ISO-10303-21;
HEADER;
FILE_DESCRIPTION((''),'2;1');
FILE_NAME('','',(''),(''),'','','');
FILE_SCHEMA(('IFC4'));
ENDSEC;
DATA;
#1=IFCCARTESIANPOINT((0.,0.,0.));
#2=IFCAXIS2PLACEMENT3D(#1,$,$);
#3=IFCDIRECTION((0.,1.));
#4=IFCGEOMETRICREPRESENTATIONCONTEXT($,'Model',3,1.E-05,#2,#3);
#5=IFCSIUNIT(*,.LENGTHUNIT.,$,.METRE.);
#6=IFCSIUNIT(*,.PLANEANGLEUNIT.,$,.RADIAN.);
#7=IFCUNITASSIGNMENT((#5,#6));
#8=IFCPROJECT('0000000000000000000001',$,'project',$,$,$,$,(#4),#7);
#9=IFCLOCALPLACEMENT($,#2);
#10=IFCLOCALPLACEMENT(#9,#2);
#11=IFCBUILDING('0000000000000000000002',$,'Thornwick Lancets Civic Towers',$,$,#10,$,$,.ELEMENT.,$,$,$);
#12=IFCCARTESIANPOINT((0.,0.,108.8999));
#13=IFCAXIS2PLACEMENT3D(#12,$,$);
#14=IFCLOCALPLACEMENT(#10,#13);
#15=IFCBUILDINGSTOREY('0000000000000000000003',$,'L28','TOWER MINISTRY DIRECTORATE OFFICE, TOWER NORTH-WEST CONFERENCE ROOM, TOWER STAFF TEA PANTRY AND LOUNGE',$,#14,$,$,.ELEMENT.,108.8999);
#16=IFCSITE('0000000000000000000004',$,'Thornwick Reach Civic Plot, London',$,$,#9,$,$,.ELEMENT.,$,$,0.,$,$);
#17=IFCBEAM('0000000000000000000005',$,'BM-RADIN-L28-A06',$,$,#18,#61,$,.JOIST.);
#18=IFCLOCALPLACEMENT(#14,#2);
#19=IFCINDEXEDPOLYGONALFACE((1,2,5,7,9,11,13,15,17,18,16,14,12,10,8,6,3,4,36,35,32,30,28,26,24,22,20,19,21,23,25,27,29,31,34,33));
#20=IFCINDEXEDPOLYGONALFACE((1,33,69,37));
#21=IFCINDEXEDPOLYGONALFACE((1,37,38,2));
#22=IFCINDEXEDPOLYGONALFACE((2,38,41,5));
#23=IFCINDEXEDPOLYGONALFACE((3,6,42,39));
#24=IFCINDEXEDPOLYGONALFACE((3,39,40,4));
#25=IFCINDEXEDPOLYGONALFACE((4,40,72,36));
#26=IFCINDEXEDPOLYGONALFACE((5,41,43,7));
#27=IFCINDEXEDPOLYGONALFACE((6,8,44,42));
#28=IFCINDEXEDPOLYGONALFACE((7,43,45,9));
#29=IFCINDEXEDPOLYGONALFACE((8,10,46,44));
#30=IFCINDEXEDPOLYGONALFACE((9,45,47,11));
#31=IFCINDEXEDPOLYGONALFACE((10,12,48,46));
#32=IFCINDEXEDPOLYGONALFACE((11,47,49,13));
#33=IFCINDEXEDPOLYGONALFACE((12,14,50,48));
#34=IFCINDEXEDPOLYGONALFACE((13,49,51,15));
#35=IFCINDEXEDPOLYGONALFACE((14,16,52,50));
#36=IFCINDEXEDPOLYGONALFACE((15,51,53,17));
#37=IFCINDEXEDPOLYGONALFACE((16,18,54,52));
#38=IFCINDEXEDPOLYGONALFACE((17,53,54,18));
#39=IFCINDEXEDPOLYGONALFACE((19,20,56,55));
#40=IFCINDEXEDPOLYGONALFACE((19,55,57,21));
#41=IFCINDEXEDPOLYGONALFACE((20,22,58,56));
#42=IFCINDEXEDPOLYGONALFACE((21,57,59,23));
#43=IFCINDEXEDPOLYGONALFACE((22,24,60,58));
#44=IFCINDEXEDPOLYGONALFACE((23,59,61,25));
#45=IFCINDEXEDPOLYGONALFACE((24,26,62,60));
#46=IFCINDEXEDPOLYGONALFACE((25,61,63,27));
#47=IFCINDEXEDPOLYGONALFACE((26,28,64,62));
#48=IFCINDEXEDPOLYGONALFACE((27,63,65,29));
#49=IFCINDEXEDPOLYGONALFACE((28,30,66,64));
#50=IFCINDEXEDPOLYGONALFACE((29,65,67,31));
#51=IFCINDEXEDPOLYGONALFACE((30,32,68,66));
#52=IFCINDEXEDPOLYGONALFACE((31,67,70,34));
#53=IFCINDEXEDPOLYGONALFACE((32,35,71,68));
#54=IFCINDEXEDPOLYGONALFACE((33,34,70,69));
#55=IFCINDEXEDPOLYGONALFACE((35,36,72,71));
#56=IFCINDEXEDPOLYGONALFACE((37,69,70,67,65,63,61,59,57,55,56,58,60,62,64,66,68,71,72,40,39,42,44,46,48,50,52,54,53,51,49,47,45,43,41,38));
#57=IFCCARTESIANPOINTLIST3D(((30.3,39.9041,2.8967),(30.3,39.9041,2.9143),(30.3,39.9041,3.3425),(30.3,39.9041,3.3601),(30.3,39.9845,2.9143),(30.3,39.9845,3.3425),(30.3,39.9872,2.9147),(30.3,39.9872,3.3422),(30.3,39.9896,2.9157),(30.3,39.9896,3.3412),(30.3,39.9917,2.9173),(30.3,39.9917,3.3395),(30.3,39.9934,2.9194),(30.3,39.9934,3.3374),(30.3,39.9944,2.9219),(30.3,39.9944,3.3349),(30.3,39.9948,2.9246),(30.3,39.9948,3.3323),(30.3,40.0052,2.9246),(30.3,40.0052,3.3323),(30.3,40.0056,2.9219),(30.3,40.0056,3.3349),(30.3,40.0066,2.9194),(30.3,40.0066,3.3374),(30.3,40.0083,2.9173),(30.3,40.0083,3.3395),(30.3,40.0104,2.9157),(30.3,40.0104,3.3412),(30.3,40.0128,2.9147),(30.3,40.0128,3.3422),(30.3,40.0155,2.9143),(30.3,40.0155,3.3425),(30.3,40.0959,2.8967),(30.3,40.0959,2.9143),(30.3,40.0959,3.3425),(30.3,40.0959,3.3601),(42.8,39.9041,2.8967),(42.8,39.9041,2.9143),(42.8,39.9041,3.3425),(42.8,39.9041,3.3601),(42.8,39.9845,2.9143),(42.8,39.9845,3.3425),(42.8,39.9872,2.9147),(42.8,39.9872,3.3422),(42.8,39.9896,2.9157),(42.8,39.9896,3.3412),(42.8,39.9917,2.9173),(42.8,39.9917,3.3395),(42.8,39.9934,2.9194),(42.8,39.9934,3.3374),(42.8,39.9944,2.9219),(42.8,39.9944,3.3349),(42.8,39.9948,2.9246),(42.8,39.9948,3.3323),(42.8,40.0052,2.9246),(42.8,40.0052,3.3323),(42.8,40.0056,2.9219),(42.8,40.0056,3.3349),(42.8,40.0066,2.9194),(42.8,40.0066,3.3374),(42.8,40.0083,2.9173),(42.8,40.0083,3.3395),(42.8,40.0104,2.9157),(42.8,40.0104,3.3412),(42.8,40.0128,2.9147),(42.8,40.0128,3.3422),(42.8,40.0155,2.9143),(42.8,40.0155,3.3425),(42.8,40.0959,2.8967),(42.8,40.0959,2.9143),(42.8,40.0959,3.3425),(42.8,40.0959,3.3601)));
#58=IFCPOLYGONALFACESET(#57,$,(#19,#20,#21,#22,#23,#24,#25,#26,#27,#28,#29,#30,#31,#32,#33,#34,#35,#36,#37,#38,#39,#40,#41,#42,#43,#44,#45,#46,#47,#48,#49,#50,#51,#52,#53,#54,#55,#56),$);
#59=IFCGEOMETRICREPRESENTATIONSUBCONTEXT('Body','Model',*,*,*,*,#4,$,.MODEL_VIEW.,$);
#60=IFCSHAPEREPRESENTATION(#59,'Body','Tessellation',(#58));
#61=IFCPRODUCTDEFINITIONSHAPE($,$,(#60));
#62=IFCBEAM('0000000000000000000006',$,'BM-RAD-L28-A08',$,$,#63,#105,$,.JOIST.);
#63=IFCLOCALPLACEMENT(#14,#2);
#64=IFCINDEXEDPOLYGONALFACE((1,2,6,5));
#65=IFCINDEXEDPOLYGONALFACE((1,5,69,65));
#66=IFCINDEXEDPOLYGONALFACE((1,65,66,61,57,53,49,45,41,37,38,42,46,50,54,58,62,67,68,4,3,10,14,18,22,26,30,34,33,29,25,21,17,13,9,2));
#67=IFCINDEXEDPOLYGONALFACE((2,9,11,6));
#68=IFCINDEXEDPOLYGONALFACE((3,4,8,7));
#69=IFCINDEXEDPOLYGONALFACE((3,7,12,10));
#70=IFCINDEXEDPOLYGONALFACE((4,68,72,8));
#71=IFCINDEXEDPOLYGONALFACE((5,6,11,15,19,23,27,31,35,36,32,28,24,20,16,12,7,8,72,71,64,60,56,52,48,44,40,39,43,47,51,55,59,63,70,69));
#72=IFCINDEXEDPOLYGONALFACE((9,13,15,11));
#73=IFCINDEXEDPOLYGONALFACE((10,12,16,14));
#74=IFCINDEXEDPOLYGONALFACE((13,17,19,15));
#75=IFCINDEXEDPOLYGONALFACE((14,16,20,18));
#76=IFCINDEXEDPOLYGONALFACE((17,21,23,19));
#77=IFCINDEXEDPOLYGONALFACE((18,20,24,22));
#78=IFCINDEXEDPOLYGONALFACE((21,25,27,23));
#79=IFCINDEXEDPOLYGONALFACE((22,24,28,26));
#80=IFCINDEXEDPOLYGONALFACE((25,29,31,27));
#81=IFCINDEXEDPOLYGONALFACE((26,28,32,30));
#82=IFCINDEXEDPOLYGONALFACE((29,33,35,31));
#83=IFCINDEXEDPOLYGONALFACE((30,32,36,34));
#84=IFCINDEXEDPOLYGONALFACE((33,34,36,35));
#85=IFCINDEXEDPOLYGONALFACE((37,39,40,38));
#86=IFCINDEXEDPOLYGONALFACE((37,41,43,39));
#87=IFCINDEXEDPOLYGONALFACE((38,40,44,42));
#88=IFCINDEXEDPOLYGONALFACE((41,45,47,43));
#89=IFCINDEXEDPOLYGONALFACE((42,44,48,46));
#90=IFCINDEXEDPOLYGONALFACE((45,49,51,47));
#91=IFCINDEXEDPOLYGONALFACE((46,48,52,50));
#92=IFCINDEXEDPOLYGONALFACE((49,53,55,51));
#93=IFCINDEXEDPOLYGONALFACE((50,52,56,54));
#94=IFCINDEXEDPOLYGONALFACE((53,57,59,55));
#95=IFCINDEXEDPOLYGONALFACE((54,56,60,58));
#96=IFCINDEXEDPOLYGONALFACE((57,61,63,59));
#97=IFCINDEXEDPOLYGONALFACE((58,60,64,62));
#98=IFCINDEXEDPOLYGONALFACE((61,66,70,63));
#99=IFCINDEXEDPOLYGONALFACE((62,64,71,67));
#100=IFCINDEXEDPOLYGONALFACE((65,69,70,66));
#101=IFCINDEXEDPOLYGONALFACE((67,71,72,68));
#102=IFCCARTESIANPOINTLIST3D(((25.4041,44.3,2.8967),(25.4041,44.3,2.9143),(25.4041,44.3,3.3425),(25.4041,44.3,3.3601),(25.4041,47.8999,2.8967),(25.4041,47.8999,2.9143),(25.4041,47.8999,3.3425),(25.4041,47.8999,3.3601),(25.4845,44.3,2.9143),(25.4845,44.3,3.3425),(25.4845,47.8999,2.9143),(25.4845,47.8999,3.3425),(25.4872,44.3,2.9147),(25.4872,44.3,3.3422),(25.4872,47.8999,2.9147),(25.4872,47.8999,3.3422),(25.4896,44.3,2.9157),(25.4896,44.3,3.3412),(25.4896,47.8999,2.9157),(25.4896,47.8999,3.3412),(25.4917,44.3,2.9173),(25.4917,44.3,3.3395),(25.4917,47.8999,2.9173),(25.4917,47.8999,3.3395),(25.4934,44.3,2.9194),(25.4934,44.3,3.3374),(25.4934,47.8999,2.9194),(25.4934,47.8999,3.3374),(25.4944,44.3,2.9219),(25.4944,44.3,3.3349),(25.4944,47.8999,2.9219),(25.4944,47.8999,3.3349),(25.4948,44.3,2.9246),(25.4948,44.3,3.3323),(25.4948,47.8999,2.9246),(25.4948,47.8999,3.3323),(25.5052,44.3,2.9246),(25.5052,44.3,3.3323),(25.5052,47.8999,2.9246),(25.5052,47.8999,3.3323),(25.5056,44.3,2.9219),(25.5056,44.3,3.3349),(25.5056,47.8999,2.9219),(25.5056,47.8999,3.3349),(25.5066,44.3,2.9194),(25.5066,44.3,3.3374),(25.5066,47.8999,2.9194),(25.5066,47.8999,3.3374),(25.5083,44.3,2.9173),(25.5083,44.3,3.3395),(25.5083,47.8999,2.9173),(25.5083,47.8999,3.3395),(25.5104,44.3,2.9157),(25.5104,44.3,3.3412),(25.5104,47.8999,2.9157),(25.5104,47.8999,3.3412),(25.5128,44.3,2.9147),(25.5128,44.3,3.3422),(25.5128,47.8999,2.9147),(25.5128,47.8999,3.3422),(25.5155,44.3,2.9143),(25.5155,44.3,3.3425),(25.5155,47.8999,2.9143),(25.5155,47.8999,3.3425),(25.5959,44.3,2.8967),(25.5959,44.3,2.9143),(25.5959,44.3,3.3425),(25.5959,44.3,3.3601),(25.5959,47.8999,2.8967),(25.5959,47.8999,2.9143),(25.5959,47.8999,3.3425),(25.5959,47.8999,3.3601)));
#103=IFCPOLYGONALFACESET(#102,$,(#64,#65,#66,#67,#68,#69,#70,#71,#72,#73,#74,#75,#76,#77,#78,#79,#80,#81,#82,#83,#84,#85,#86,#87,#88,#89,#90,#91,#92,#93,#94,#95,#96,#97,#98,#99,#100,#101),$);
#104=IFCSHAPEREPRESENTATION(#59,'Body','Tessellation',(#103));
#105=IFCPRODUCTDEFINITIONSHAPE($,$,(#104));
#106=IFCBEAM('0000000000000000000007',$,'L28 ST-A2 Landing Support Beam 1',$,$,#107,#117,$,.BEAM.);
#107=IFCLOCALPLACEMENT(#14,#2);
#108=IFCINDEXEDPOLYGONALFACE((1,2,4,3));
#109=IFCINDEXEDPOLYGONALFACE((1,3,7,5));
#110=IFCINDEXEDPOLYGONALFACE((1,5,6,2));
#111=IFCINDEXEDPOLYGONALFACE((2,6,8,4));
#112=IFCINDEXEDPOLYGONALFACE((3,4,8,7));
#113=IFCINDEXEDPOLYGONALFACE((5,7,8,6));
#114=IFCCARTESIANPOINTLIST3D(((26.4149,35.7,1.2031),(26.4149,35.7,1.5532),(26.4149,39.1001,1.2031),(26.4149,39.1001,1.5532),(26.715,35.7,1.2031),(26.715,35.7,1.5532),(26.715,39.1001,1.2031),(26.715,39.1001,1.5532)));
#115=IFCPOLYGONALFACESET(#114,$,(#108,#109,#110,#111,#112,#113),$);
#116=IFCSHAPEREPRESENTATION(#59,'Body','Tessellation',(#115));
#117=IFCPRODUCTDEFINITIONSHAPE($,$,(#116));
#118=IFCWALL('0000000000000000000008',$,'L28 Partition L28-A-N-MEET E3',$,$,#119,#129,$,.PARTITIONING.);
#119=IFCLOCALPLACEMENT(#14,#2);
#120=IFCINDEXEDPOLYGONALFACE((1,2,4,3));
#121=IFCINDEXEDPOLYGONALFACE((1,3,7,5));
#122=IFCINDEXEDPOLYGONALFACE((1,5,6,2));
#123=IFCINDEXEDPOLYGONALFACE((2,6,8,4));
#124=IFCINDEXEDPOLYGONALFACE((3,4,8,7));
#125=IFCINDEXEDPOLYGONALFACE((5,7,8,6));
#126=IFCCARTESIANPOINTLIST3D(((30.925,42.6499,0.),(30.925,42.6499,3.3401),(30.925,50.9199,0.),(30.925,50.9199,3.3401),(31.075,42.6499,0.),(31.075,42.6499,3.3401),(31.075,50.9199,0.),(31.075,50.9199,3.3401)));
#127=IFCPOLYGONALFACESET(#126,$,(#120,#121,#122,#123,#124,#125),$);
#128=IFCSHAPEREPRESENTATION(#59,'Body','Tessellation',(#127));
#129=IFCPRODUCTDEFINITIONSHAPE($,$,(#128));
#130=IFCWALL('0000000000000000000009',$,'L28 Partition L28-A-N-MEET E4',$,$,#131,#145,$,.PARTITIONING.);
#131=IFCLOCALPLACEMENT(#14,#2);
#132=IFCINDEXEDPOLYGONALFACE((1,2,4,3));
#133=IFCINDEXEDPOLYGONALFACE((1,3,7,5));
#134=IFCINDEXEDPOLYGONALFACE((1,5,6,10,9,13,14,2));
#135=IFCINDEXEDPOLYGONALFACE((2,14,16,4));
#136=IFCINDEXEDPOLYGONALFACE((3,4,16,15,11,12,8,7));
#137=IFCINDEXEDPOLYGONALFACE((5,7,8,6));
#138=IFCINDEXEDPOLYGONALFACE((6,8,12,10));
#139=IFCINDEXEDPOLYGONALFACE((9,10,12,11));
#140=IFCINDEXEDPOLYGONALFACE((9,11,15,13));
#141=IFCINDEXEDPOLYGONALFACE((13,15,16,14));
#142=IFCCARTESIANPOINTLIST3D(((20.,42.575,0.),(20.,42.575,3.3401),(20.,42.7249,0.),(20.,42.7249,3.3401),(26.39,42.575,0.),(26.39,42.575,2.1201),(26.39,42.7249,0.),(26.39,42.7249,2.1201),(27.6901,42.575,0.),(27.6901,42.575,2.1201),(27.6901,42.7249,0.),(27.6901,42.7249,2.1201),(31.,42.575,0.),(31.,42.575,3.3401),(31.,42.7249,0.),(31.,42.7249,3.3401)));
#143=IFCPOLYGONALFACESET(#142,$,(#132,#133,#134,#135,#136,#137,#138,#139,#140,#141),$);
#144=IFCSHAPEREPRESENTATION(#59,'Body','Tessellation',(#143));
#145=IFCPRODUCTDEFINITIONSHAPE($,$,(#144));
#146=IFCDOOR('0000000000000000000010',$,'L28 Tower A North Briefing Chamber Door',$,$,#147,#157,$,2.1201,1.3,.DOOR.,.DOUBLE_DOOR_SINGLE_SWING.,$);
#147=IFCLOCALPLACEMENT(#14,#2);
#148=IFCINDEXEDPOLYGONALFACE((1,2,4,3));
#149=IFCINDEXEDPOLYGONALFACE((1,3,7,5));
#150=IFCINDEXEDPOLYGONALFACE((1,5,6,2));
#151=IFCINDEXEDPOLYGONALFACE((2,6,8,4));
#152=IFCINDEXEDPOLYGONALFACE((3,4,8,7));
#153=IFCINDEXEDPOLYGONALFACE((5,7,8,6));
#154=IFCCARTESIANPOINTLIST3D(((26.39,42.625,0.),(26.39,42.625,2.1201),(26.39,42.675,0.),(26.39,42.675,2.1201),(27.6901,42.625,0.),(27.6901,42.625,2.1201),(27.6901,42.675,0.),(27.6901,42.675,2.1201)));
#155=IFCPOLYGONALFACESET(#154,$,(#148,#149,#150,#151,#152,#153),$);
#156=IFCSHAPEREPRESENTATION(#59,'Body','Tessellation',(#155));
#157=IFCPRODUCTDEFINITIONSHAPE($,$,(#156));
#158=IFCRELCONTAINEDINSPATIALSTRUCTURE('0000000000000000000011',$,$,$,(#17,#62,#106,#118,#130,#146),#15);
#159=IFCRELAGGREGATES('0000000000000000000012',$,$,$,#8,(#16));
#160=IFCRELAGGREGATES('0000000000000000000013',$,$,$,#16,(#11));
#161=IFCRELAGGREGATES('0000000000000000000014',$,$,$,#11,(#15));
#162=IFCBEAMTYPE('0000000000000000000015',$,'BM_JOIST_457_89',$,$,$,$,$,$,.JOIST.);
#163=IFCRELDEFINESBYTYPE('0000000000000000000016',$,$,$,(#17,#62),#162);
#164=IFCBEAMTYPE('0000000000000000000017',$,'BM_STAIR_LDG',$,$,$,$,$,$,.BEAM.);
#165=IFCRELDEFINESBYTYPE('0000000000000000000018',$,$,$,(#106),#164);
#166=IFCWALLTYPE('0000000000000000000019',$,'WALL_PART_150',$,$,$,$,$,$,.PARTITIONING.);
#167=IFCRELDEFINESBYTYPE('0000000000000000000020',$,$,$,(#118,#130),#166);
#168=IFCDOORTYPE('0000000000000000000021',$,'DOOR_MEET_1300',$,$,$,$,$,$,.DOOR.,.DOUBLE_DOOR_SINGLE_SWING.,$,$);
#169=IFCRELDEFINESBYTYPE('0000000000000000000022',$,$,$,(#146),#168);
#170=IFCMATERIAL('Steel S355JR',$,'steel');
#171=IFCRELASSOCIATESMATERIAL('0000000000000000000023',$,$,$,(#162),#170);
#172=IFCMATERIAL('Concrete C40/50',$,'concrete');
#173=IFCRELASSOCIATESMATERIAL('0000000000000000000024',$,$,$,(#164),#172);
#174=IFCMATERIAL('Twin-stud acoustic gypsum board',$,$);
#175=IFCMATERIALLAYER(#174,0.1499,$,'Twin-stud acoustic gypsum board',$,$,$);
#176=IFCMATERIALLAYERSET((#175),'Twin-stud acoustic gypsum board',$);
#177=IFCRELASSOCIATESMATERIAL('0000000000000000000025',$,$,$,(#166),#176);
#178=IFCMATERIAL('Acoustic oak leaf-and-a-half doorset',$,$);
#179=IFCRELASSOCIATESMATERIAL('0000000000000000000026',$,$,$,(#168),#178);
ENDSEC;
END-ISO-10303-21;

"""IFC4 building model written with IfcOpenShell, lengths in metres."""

from ifc_helpers import new_model, si_unit, direction, frame, frame_2d, origin, origin_2d, place, context, subcontext, project, spatial, rectangle, i_section, extrude, material, layer, layer_set, material_profile, profile_set, type_object, element, fill, save


model = new_model("IFC4")

# Units and contexts
model_context = context("Model", 3, precision=1e-05, world=origin(), true_north=direction((0.0, 1.0)))
body_context = subcontext(model_context, "Body", "Model", "MODEL_VIEW")
ifc_project = project(units=[si_unit("LENGTHUNIT", "METRE"), si_unit("PLANEANGLEUNIT", "RADIAN")], contexts=[model_context])

# Site, building, storey
site_placement = place(None, origin())
site = spatial("IfcSite", under=ifc_project, at=site_placement, Name="Thornwick Reach Civic Plot, London", CompositionType="ELEMENT", RefElevation=0.0)
building_placement = place(site_placement, origin())
building = spatial("IfcBuilding", under=site, at=building_placement, Name="Thornwick Lancets Civic Towers", CompositionType="ELEMENT")
storey_placement = place(building_placement, frame((0.0, 0.0, 108.8999)))
storey = spatial("IfcBuildingStorey", under=building, at=storey_placement, Name="L28", Description="TOWER MINISTRY DIRECTORATE OFFICE, TOWER NORTH-WEST CONFERENCE ROOM, TOWER STAFF TEA PANTRY AND LOUNGE", CompositionType="ELEMENT", Elevation=108.8999)

# Beams
ifc_material_1 = material(Name="Steel S355JR", Category="steel")
ifc_material_profile_1 = material_profile(ifc_material_1, i_section(OverallWidth=0.1919, OverallDepth=0.4634, WebThickness=0.0105, FlangeThickness=0.0176, FilletRadius=0.0103, at=origin_2d()), Name="UKB 457x191x89")
ifc_profile_set_1 = profile_set([ifc_material_profile_1], Name="Steel S355JR")
beam_type_1 = type_object("IfcBeamType", Name="BM_JOIST_457_89", PredefinedType="JOIST", material=ifc_profile_set_1)
beam_1_placement = place(storey_placement, frame((30.3, 40.0, 3.1284), z_axis=(1.0, 0.0, 0.0), x_axis=(0.0, 1.0, 0.0)))
element("IfcBeam", 1, at=beam_1_placement, inside=storey, type_object=beam_type_1, Name="BM-RADIN-L28-A06", PredefinedType="JOIST", context=body_context, shape_type="SweptSolid", body=[
    extrude(i_section(OverallWidth=0.1919, OverallDepth=0.4634, WebThickness=0.0105, FlangeThickness=0.0176, FilletRadius=0.0103, at=origin_2d()), origin(), (0.0, 0.0, 1.0), 12.5),
])
beam_2_placement = place(storey_placement, frame((25.5, 44.3, 3.1284), z_axis=(0.0, 1.0, 0.0), x_axis=(-1.0, 0.0, 0.0)))
element("IfcBeam", 2, at=beam_2_placement, inside=storey, type_object=beam_type_1, Name="BM-RAD-L28-A08", PredefinedType="JOIST", context=body_context, shape_type="SweptSolid", body=[
    extrude(i_section(OverallWidth=0.1919, OverallDepth=0.4634, WebThickness=0.0105, FlangeThickness=0.0176, FilletRadius=0.0103, at=origin_2d()), origin(), (0.0, 0.0, 1.0), 3.5999),
])
ifc_material_2 = material(Name="Concrete C40/50", Category="concrete")
ifc_material_profile_2 = material_profile(ifc_material_2, rectangle(XDim=0.3, YDim=0.3501, at=origin_2d()), Name="RC 300x350")
ifc_profile_set_2 = profile_set([ifc_material_profile_2], Name="Concrete C40/50")
beam_type_2 = type_object("IfcBeamType", Name="BM_STAIR_LDG", PredefinedType="BEAM", material=ifc_profile_set_2)
beam_3_placement = place(storey_placement, frame((26.5649, 39.1001, 1.3782), z_axis=(0.0, -1.0, 0.0), x_axis=(1.0, 0.0, 0.0)))
element("IfcBeam", 3, at=beam_3_placement, inside=storey, type_object=beam_type_2, Name="L28 ST-A2 Landing Support Beam 1", PredefinedType="BEAM", context=body_context, shape_type="SweptSolid", body=[
    extrude(rectangle(XDim=0.3, YDim=0.3501, at=origin_2d()), origin(), (0.0, 0.0, 1.0), 3.4001),
])

# Wall
ifc_material_3 = material(Name="Twin-stud acoustic gypsum board")
ifc_layer = layer(ifc_material_3, 0.1499, Name="Twin-stud acoustic gypsum board")
ifc_layer_set = layer_set([ifc_layer], Name="Twin-stud acoustic gypsum board")
wall_type = type_object("IfcWallType", Name="WALL_PART_150", PredefinedType="PARTITIONING", material=ifc_layer_set)
wall_1_placement = place(storey_placement, frame((31.0, 50.9199, 0.0), z_axis=(0.0, 0.0, 1.0), x_axis=(0.0, -1.0, 0.0)))
element("IfcWall", 4, at=wall_1_placement, inside=storey, type_object=wall_type, Name="L28 Partition L28-A-N-MEET E3", PredefinedType="PARTITIONING", context=body_context, shape_type="SweptSolid", body=[
    extrude(rectangle(XDim=8.27, YDim=0.1499, at=frame_2d((4.135, 0.0))), origin(), (0.0, 0.0, 1.0), 3.3401),
])

# Wall, opening, door
wall_2_placement = place(storey_placement, frame((31.0, 42.6499, 0.0), z_axis=(0.0, 0.0, 1.0), x_axis=(-1.0, 0.0, 0.0)))
wall_2 = element("IfcWall", 5, at=wall_2_placement, inside=storey, type_object=wall_type, Name="L28 Partition L28-A-N-MEET E4", PredefinedType="PARTITIONING", context=body_context, shape_type="SweptSolid", body=[
    extrude(rectangle(XDim=11.0, YDim=0.1499, at=frame_2d((5.5, 0.0))), origin(), (0.0, 0.0, 1.0), 3.3401),
])
opening_placement = place(wall_2_placement, frame((3.3101, 0.0, 0.0)))
opening = element("IfcOpeningElement", 6, at=opening_placement, cuts=wall_2, PredefinedType="OPENING", context=body_context, shape_type="SweptSolid", body=[
    extrude(rectangle(XDim=1.3, YDim=2.1201, at=frame_2d((0.6499, 1.0601))), frame((0.0, 0.085, 0.0), z_axis=(0.0, -1.0, 0.0), x_axis=(1.0, 0.0, 0.0)), (0.0, 0.0, 1.0), 0.1699),
])
ifc_material_4 = material(Name="Acoustic oak leaf-and-a-half doorset")
door_type = type_object("IfcDoorType", Name="DOOR_MEET_1300", OperationType="DOUBLE_DOOR_SINGLE_SWING", PredefinedType="DOOR", material=ifc_material_4)
door_placement = place(opening_placement, origin())
door = element("IfcDoor", 7, at=door_placement, inside=storey, type_object=door_type, Name="L28 Tower A North Briefing Chamber Door", OperationType="DOUBLE_DOOR_SINGLE_SWING", OverallHeight=2.1201, OverallWidth=1.3, PredefinedType="DOOR", context=body_context, shape_type="SweptSolid", body=[
    extrude(rectangle(XDim=1.3, YDim=2.1201, at=frame_2d((0.6499, 1.0601))), frame((0.0, 0.0249, 0.0), z_axis=(0.0, -1.0, 0.0), x_axis=(1.0, 0.0, 0.0)), (0.0, 0.0, 1.0), 0.05),
])
fill(opening, door)

save(model, "model.ifc")
